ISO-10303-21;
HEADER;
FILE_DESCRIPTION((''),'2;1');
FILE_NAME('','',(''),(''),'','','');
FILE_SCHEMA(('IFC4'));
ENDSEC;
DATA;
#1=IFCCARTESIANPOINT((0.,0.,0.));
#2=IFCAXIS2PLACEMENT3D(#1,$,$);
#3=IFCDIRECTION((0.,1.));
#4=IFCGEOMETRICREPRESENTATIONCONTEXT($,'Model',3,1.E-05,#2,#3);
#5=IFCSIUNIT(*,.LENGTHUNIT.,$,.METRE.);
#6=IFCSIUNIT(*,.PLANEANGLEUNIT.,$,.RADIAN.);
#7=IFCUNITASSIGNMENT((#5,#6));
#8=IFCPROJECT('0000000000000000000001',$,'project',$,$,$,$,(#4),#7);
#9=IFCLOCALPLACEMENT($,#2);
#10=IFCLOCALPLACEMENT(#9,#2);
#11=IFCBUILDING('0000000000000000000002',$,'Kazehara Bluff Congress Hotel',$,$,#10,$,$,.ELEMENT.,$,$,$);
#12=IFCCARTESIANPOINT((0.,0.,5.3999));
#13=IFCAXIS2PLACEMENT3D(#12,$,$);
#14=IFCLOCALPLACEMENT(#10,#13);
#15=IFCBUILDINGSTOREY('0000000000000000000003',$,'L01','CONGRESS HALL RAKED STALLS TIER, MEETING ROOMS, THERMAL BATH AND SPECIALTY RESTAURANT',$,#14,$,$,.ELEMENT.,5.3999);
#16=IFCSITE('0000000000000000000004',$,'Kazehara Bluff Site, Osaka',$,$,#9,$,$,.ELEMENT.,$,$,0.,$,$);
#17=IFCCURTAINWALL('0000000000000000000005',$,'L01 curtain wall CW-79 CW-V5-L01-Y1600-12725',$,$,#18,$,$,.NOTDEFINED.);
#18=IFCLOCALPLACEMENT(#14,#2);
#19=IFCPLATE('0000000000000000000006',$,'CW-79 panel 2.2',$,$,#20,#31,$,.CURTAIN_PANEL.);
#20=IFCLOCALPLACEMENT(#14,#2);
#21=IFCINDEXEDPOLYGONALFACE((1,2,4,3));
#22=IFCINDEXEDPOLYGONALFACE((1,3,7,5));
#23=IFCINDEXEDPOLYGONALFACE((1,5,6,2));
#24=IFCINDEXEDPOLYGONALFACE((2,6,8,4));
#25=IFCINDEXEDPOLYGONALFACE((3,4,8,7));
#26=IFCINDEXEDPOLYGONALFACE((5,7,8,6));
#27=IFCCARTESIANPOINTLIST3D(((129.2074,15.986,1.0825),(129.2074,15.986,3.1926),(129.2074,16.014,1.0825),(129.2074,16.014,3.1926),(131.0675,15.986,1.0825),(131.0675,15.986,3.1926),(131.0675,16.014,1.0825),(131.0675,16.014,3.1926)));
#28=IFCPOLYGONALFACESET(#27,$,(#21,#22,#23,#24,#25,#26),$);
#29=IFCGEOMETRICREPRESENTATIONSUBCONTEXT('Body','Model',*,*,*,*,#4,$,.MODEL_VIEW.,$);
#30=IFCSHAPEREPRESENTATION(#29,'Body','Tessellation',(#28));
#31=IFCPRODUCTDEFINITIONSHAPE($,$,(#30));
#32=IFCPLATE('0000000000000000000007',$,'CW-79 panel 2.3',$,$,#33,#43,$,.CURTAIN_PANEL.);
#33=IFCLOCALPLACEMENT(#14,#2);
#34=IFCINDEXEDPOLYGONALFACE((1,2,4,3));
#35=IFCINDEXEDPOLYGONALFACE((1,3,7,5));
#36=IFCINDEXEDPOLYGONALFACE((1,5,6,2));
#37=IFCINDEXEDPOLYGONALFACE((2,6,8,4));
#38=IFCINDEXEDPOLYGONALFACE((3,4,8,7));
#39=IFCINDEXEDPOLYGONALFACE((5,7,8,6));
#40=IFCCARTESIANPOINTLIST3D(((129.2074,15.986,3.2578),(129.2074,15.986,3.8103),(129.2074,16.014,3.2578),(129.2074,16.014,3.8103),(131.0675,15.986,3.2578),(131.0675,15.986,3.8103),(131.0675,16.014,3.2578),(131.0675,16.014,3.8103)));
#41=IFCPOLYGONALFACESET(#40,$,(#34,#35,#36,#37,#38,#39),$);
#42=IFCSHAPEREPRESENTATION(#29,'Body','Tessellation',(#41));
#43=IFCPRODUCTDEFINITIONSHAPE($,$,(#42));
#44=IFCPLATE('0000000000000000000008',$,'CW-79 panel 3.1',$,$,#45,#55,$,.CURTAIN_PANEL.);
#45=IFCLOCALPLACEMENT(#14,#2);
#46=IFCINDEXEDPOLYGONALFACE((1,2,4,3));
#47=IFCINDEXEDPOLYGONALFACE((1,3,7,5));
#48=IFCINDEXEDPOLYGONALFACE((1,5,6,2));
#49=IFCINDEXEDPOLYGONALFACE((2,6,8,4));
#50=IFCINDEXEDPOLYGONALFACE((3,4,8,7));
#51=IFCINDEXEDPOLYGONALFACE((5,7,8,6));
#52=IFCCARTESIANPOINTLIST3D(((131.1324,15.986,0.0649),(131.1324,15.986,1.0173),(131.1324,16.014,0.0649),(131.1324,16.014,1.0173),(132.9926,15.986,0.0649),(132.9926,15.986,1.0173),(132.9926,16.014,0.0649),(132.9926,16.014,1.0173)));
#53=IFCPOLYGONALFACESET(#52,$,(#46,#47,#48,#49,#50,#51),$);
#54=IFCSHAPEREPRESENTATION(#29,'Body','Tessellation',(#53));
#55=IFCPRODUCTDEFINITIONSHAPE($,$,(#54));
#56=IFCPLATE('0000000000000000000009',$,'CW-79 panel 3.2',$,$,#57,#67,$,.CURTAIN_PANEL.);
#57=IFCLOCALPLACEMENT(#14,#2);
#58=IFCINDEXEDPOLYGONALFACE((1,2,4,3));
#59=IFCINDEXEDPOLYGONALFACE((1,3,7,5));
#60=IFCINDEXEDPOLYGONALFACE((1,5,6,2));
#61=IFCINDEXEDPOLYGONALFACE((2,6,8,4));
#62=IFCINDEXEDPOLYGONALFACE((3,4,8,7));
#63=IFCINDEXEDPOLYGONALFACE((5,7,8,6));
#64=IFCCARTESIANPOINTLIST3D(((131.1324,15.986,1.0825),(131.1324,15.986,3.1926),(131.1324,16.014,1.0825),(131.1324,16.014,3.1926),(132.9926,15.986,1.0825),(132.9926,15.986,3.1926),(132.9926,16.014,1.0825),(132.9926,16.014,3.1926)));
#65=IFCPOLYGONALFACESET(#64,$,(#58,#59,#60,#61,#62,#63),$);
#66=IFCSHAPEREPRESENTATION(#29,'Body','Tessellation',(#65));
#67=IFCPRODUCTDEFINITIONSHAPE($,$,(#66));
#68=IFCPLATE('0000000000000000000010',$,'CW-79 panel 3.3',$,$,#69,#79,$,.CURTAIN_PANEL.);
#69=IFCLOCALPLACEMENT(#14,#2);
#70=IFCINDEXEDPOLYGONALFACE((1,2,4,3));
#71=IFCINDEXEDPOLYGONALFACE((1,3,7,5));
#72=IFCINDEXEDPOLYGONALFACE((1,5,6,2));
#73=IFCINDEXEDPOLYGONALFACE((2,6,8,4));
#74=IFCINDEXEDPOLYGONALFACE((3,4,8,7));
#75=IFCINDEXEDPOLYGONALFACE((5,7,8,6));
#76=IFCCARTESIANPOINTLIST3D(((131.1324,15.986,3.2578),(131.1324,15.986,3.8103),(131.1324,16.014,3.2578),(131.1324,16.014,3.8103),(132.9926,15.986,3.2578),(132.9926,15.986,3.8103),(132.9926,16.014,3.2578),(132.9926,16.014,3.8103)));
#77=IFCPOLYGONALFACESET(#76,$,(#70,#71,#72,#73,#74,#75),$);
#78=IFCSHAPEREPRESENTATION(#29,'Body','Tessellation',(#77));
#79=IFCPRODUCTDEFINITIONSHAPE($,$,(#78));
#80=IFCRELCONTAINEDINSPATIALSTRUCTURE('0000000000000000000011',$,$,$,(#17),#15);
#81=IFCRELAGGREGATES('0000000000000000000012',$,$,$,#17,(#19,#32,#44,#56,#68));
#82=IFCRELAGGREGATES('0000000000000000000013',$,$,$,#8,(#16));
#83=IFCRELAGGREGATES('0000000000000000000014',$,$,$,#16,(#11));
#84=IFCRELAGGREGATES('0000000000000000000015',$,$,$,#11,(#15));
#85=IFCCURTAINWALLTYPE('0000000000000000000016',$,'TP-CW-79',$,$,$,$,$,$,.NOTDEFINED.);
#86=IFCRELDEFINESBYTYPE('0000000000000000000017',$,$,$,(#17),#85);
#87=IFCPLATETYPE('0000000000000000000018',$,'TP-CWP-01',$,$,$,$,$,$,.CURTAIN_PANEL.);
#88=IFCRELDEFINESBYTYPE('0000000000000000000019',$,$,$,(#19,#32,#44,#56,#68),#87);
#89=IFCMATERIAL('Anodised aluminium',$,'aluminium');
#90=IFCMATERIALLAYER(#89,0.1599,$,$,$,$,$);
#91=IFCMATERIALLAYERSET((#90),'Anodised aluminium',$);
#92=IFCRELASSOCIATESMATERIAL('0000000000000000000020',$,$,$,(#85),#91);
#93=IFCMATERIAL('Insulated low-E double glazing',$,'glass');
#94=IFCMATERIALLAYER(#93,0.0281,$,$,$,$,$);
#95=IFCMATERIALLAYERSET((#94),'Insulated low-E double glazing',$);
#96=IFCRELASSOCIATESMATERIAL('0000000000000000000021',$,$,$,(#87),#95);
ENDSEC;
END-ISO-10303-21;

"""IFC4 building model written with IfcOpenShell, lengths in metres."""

from ifc_helpers import new_model, si_unit, direction, frame, origin, origin_2d, place, context, subcontext, project, spatial, rectangle, extrude, material, layer, layer_set, type_object, element, aggregate, save


model = new_model("IFC4")

# Units and contexts
model_context = context("Model", 3, precision=1e-05, world=origin(), true_north=direction((0.0, 1.0)))
body_context = subcontext(model_context, "Body", "Model", "MODEL_VIEW")
ifc_project = project(units=[si_unit("LENGTHUNIT", "METRE"), si_unit("PLANEANGLEUNIT", "RADIAN")], contexts=[model_context])

# Site, building, storey
site_placement = place(None, origin())
site = spatial("IfcSite", under=ifc_project, at=site_placement, Name="Kazehara Bluff Site, Osaka", CompositionType="ELEMENT", RefElevation=0.0)
building_placement = place(site_placement, origin())
building = spatial("IfcBuilding", under=site, at=building_placement, Name="Kazehara Bluff Congress Hotel", CompositionType="ELEMENT")
storey_placement = place(building_placement, frame((0.0, 0.0, 5.3999)))
storey = spatial("IfcBuildingStorey", under=building, at=storey_placement, Name="L01", Description="CONGRESS HALL RAKED STALLS TIER, MEETING ROOMS, THERMAL BATH AND SPECIALTY RESTAURANT", CompositionType="ELEMENT", Elevation=5.3999)

# Curtain wall
ifc_material_1 = material(Name="Anodised aluminium", Category="aluminium")
ifc_layer_1 = layer(ifc_material_1, 0.1599)
ifc_layer_set_1 = layer_set([ifc_layer_1], Name="Anodised aluminium")
curtain_wall_type = type_object("IfcCurtainWallType", Name="TP-CW-79", PredefinedType="NOTDEFINED", material=ifc_layer_set_1)
curtain_wall_placement = place(storey_placement, origin())
curtain_wall = element("IfcCurtainWall", 1, at=curtain_wall_placement, inside=storey, type_object=curtain_wall_type, Name="L01 curtain wall CW-79 CW-V5-L01-Y1600-12725", PredefinedType="NOTDEFINED")

# Plates
ifc_material_2 = material(Name="Insulated low-E double glazing", Category="glass")
ifc_layer_2 = layer(ifc_material_2, 0.0281)
ifc_layer_set_2 = layer_set([ifc_layer_2], Name="Insulated low-E double glazing")
plate_type = type_object("IfcPlateType", Name="TP-CWP-01", PredefinedType="CURTAIN_PANEL", material=ifc_layer_set_2)
plate_1_placement = place(storey_placement, frame((130.1375, 16.0, 1.0825), z_axis=(0.0, 0.0, 1.0), x_axis=(1.0, 0.0, 0.0)))
plate_1 = element("IfcPlate", 2, at=plate_1_placement, type_object=plate_type, Name="CW-79 panel 2.2", PredefinedType="CURTAIN_PANEL", context=body_context, shape_type="SweptSolid", body=[
    extrude(rectangle(XDim=1.8601, YDim=0.0281, at=origin_2d()), origin(), (0.0, 0.0, 1.0), 2.1101),
])
plate_2_placement = place(storey_placement, frame((130.1375, 16.0, 3.2578), z_axis=(0.0, 0.0, 1.0), x_axis=(1.0, 0.0, 0.0)))
plate_2 = element("IfcPlate", 3, at=plate_2_placement, type_object=plate_type, Name="CW-79 panel 2.3", PredefinedType="CURTAIN_PANEL", context=body_context, shape_type="SweptSolid", body=[
    extrude(rectangle(XDim=1.8601, YDim=0.0281, at=origin_2d()), origin(), (0.0, 0.0, 1.0), 0.5525),
])
plate_3_placement = place(storey_placement, frame((132.0625, 16.0, 0.0649), z_axis=(0.0, 0.0, 1.0), x_axis=(1.0, 0.0, 0.0)))
plate_3 = element("IfcPlate", 4, at=plate_3_placement, type_object=plate_type, Name="CW-79 panel 3.1", PredefinedType="CURTAIN_PANEL", context=body_context, shape_type="SweptSolid", body=[
    extrude(rectangle(XDim=1.8601, YDim=0.0281, at=origin_2d()), origin(), (0.0, 0.0, 1.0), 0.9524),
])
plate_4_placement = place(storey_placement, frame((132.0625, 16.0, 1.0825), z_axis=(0.0, 0.0, 1.0), x_axis=(1.0, 0.0, 0.0)))
plate_4 = element("IfcPlate", 5, at=plate_4_placement, type_object=plate_type, Name="CW-79 panel 3.2", PredefinedType="CURTAIN_PANEL", context=body_context, shape_type="SweptSolid", body=[
    extrude(rectangle(XDim=1.8601, YDim=0.0281, at=origin_2d()), origin(), (0.0, 0.0, 1.0), 2.1101),
])
plate_5_placement = place(storey_placement, frame((132.0625, 16.0, 3.2578), z_axis=(0.0, 0.0, 1.0), x_axis=(1.0, 0.0, 0.0)))
plate_5 = element("IfcPlate", 6, at=plate_5_placement, type_object=plate_type, Name="CW-79 panel 3.3", PredefinedType="CURTAIN_PANEL", context=body_context, shape_type="SweptSolid", body=[
    extrude(rectangle(XDim=1.8601, YDim=0.0281, at=origin_2d()), origin(), (0.0, 0.0, 1.0), 0.5525),
])
aggregate(curtain_wall, [plate_1, plate_2, plate_3, plate_4, plate_5])

save(model, "model.ifc")
